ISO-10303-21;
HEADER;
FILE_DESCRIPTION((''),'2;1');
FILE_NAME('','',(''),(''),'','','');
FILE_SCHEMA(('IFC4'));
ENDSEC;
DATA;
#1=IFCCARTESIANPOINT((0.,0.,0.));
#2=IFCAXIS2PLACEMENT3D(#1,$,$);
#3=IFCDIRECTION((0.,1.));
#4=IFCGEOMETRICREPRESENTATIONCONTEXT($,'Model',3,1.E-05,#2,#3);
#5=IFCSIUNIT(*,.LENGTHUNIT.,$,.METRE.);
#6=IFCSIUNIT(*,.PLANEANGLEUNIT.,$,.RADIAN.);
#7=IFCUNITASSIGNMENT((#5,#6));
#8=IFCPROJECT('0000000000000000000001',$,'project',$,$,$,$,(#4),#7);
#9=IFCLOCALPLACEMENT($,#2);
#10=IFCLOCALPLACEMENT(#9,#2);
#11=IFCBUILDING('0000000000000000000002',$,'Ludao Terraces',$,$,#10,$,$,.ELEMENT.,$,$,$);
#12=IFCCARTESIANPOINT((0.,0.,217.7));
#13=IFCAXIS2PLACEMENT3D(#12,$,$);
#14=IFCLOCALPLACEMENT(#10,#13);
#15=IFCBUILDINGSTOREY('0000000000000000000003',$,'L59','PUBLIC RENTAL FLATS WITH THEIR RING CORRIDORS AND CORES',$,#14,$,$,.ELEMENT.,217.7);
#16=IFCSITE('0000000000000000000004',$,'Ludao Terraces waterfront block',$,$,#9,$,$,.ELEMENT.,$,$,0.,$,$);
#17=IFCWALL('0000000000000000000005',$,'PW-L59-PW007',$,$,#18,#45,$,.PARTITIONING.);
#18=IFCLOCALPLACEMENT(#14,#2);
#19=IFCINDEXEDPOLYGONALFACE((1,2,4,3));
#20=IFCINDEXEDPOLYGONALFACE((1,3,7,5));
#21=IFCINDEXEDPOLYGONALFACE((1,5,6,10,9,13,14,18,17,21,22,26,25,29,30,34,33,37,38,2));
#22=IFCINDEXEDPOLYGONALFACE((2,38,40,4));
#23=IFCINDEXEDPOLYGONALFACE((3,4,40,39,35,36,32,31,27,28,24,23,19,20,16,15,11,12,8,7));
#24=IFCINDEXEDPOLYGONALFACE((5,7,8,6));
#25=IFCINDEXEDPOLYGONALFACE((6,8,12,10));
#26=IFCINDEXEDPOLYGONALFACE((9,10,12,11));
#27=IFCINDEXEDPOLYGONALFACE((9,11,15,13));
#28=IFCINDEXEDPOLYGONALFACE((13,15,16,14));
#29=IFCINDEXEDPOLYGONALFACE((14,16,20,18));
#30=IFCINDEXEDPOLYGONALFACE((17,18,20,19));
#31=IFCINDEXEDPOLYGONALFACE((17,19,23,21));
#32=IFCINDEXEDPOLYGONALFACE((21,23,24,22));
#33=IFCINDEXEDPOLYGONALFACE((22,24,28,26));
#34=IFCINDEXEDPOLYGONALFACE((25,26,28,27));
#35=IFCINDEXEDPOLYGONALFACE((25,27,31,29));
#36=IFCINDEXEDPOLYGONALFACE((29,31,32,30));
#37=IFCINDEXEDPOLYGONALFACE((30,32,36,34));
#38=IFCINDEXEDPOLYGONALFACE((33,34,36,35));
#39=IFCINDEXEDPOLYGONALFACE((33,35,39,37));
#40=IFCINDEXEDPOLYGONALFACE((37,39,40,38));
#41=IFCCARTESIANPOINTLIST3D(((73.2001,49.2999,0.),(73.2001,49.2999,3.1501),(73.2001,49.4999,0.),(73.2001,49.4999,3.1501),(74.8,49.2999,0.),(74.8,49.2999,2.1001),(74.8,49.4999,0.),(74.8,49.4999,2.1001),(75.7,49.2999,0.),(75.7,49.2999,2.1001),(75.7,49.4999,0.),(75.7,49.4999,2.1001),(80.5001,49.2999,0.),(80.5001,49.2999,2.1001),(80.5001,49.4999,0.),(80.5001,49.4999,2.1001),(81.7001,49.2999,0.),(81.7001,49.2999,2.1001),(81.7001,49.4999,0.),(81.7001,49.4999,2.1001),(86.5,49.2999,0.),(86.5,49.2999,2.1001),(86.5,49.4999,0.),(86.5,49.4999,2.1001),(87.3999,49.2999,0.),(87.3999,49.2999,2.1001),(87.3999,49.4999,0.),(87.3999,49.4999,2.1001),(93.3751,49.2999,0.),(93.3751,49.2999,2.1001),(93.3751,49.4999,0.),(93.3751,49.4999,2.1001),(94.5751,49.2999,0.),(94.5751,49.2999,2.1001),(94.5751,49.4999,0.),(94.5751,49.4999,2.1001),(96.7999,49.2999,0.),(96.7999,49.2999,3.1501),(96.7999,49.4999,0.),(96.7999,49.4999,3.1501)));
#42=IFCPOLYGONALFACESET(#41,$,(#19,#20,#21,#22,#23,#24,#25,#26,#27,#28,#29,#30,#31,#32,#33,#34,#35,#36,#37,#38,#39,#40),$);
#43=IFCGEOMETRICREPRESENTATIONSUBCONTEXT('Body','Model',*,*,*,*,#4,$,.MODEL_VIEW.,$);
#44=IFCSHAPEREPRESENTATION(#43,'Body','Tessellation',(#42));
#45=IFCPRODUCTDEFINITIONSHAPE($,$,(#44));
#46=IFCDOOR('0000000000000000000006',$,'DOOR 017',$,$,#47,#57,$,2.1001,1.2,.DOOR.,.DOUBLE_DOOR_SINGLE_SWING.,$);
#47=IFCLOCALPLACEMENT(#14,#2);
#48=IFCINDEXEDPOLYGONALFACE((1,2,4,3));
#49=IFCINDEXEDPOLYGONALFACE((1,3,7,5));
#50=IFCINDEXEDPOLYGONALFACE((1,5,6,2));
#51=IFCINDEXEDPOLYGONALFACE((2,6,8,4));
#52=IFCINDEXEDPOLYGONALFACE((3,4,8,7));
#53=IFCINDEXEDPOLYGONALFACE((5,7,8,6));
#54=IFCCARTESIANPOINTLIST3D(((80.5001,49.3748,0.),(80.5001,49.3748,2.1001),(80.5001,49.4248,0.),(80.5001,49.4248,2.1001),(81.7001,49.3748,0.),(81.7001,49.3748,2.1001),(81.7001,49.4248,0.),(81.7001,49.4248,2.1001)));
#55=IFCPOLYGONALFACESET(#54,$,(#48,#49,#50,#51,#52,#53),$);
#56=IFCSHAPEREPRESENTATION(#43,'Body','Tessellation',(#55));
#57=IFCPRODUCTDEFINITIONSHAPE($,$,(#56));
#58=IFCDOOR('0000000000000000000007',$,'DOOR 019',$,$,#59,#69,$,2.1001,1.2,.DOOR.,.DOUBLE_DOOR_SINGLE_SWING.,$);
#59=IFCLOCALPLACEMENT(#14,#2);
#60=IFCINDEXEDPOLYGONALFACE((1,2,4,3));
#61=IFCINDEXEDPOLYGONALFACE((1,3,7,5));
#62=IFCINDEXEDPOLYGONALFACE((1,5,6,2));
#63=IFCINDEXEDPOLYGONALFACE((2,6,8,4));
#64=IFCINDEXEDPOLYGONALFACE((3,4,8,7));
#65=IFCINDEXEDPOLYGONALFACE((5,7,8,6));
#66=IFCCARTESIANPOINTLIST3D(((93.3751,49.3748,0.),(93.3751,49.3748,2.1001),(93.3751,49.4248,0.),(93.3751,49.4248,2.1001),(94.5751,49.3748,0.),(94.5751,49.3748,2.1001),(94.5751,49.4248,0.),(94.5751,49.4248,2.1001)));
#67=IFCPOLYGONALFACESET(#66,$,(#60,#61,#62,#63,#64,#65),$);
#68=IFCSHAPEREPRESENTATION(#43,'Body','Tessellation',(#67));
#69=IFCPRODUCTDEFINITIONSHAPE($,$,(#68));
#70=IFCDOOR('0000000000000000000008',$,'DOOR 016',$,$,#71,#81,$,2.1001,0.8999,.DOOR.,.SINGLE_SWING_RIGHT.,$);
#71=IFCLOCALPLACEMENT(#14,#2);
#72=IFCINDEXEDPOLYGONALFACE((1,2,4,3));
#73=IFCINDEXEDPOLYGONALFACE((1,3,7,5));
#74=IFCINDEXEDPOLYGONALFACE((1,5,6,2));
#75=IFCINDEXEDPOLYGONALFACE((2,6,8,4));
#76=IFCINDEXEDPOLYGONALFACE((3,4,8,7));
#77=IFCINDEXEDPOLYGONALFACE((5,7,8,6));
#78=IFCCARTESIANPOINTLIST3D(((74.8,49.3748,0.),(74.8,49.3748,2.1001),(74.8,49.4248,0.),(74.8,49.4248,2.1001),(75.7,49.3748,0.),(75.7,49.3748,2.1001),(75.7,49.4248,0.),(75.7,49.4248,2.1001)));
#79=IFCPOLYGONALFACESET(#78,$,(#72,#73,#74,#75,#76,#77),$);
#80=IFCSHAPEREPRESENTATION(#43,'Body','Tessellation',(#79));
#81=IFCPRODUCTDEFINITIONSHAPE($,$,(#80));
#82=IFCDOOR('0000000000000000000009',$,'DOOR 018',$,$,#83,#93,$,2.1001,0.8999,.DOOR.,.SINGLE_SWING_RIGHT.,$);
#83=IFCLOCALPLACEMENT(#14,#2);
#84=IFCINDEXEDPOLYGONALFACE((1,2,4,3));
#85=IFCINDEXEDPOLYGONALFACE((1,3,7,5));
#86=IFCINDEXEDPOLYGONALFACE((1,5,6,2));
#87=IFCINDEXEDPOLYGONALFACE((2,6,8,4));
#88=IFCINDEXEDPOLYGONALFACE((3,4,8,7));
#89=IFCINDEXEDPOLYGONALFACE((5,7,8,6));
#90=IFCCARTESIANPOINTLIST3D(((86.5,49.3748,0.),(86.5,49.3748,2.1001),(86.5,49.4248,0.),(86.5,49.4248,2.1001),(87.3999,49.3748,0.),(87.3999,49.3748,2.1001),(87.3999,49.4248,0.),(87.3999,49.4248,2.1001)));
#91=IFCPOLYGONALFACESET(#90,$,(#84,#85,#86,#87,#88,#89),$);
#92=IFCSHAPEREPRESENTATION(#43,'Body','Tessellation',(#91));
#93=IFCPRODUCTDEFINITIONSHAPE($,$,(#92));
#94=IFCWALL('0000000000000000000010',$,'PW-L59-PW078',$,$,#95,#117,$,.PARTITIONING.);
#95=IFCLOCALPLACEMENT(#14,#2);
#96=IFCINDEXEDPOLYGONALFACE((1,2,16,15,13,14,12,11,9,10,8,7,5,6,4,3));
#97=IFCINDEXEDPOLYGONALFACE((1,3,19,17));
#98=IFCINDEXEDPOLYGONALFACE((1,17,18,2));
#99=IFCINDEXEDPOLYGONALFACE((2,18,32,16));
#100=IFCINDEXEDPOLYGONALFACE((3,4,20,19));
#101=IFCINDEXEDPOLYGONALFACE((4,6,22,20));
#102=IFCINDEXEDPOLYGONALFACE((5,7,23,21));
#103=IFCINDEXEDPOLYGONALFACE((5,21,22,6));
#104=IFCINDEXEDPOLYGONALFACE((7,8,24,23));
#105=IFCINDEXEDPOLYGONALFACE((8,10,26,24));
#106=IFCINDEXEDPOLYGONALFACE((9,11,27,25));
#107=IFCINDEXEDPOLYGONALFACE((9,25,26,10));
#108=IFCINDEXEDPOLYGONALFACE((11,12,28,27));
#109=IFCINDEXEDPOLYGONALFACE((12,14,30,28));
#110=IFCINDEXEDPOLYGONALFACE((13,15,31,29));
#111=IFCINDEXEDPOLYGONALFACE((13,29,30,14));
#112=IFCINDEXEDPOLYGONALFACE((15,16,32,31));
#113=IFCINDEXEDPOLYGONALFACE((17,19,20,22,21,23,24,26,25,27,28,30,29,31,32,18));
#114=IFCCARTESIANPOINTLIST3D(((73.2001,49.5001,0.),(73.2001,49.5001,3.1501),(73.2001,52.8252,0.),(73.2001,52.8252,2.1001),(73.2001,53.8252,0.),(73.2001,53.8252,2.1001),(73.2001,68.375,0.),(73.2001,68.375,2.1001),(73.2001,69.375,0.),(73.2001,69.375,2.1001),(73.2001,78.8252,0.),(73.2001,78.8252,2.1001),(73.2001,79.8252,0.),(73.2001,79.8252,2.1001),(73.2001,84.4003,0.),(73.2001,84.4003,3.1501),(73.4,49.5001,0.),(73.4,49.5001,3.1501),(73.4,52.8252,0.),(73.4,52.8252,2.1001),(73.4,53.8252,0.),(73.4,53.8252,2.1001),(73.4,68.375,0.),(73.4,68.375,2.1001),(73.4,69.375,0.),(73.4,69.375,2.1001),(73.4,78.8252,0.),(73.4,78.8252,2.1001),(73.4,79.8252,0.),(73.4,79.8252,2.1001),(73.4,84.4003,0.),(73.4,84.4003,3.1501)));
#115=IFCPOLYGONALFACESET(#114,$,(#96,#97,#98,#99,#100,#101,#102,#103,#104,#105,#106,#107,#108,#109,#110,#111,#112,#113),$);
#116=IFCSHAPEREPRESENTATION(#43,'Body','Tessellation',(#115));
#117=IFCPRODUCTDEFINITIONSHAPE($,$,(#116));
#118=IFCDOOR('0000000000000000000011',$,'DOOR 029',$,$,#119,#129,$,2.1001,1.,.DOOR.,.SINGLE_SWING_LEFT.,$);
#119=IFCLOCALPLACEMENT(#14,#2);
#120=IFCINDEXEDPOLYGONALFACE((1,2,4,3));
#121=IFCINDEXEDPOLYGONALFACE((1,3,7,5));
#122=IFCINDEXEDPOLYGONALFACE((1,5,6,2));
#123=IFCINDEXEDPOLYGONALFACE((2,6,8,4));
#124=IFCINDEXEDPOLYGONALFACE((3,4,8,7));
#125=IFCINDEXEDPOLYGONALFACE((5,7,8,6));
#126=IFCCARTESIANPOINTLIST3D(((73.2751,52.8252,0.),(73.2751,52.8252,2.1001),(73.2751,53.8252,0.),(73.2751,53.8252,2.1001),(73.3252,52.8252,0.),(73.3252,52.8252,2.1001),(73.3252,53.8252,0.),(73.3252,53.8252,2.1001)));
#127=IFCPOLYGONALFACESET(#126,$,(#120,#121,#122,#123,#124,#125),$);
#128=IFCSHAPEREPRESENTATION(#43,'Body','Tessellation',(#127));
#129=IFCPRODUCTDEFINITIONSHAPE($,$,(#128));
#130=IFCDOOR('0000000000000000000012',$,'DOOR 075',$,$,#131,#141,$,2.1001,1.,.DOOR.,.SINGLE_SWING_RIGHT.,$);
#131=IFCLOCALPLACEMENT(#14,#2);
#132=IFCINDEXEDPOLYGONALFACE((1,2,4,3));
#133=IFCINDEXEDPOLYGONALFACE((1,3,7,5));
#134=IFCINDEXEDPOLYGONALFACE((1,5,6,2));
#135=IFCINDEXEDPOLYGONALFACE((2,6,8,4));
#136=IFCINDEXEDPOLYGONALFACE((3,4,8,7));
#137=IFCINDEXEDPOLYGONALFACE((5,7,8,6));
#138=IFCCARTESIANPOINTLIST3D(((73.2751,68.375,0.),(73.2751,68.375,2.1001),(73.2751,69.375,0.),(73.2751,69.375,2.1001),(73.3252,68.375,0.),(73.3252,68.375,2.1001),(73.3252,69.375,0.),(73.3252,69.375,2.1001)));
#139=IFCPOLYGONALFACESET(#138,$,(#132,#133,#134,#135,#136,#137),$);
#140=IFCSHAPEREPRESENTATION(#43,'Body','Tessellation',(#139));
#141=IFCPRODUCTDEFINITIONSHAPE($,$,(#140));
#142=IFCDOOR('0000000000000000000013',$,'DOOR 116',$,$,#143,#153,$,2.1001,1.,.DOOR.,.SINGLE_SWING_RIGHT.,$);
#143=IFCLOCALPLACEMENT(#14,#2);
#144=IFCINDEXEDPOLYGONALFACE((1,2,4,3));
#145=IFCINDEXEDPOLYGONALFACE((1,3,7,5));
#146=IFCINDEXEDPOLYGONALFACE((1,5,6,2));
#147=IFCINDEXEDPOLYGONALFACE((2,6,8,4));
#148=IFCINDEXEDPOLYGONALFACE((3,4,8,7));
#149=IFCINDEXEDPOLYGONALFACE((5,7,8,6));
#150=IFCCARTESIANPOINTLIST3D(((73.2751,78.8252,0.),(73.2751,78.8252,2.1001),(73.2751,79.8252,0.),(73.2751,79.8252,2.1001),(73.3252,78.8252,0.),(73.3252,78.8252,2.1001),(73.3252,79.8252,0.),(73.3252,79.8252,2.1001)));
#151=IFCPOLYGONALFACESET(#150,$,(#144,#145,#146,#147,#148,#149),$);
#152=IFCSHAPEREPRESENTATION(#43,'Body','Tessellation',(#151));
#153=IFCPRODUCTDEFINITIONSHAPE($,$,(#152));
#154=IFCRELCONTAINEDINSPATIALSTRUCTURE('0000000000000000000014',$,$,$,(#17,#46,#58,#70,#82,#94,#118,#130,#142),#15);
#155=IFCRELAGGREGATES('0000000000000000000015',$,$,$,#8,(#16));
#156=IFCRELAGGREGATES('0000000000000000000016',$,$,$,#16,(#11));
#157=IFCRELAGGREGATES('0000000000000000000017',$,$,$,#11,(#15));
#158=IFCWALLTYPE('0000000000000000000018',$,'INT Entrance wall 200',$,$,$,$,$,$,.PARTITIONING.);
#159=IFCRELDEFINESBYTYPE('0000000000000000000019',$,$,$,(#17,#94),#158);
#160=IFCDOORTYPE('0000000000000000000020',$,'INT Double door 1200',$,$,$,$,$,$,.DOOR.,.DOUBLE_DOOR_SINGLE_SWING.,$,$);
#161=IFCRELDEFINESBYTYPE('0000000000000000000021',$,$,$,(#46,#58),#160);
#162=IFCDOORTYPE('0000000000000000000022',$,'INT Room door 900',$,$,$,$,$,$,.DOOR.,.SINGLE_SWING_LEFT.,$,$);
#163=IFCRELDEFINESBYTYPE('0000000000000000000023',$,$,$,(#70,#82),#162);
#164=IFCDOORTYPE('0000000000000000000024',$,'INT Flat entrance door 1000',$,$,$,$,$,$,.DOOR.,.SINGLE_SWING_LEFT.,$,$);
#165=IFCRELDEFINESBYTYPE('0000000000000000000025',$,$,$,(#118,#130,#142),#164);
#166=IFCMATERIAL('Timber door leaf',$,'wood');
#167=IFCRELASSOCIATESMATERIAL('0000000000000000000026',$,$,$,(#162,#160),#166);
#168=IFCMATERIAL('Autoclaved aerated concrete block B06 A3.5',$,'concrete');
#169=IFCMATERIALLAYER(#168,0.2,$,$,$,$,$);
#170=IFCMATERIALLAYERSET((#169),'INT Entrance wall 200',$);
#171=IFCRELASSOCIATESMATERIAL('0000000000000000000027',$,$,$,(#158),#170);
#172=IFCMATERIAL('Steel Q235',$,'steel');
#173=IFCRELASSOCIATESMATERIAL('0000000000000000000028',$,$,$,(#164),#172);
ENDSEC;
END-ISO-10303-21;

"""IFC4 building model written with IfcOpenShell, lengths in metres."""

from ifc_helpers import new_model, si_unit, direction, frame, frame_2d, origin, place, context, subcontext, project, spatial, rectangle, extrude, material, layer, layer_set, type_object, element, fill, save


model = new_model("IFC4")

# Units and contexts
model_context = context("Model", 3, precision=1e-05, world=origin(), true_north=direction((0.0, 1.0)))
body_context = subcontext(model_context, "Body", "Model", "MODEL_VIEW")
ifc_project = project(units=[si_unit("LENGTHUNIT", "METRE"), si_unit("PLANEANGLEUNIT", "RADIAN")], contexts=[model_context])

# Site, building, storey
site_placement = place(None, origin())
site = spatial("IfcSite", under=ifc_project, at=site_placement, Name="Ludao Terraces waterfront block", CompositionType="ELEMENT", RefElevation=0.0)
building_placement = place(site_placement, origin())
building = spatial("IfcBuilding", under=site, at=building_placement, Name="Ludao Terraces", CompositionType="ELEMENT")
storey_placement = place(building_placement, frame((0.0, 0.0, 217.7)))
storey = spatial("IfcBuildingStorey", under=building, at=storey_placement, Name="L59", Description="PUBLIC RENTAL FLATS WITH THEIR RING CORRIDORS AND CORES", CompositionType="ELEMENT", Elevation=217.7)

# Walls, openings, doors
ifc_material_1 = material(Name="Steel Q235", Category="steel")
ifc_material_2 = material(Name="Timber door leaf", Category="wood")
door_type_1 = type_object("IfcDoorType", Name="INT Room door 900", OperationType="SINGLE_SWING_LEFT", PredefinedType="DOOR", material=ifc_material_2)
ifc_material_3 = material(Name="Autoclaved aerated concrete block B06 A3.5", Category="concrete")
ifc_layer_1 = layer(ifc_material_3, 0.2)
ifc_layer_set_1 = layer_set([ifc_layer_1], Name="INT Entrance wall 200")
wall_type_1 = type_object("IfcWallType", Name="INT Entrance wall 200", PredefinedType="PARTITIONING", material=ifc_layer_set_1)
wall_1_placement = place(storey_placement, frame((73.2002, 49.3999, 0.0), z_axis=(0.0, 0.0, 1.0), x_axis=(1.0, 0.0, 0.0)))
wall_1 = element("IfcWall", 1, at=wall_1_placement, inside=storey, type_object=wall_type_1, Name="PW-L59-PW007", PredefinedType="PARTITIONING", context=body_context, shape_type="SweptSolid", body=[
    extrude(rectangle(XDim=23.5999, YDim=0.2, at=frame_2d((11.7998, 0.0))), origin(), (0.0, 0.0, 1.0), 3.1501),
])
opening_1_placement = place(wall_1_placement, frame((1.5999, 0.0, 0.0)))
opening_1 = element("IfcOpeningElement", 2, at=opening_1_placement, cuts=wall_1, PredefinedType="OPENING", context=body_context, shape_type="SweptSolid", body=[
    extrude(rectangle(XDim=0.8999, YDim=2.1001, at=frame_2d((0.45, 1.05))), frame((0.0, 0.1099, 0.0), z_axis=(0.0, -1.0, 0.0), x_axis=(1.0, 0.0, 0.0)), (0.0, 0.0, 1.0), 0.22),
])
opening_2_placement = place(wall_1_placement, frame((7.2998, 0.0, 0.0)))
opening_2 = element("IfcOpeningElement", 3, at=opening_2_placement, cuts=wall_1, PredefinedType="OPENING", context=body_context, shape_type="SweptSolid", body=[
    extrude(rectangle(XDim=1.2, YDim=2.1001, at=frame_2d((0.6001, 1.05))), frame((0.0, 0.1099, 0.0), z_axis=(0.0, -1.0, 0.0), x_axis=(1.0, 0.0, 0.0)), (0.0, 0.0, 1.0), 0.22),
])
opening_3_placement = place(wall_1_placement, frame((13.2998, 0.0, 0.0)))
opening_3 = element("IfcOpeningElement", 4, at=opening_3_placement, cuts=wall_1, PredefinedType="OPENING", context=body_context, shape_type="SweptSolid", body=[
    extrude(rectangle(XDim=0.8999, YDim=2.1001, at=frame_2d((0.45, 1.05))), frame((0.0, 0.1099, 0.0), z_axis=(0.0, -1.0, 0.0), x_axis=(1.0, 0.0, 0.0)), (0.0, 0.0, 1.0), 0.22),
])
opening_4_placement = place(wall_1_placement, frame((20.1748, 0.0, 0.0)))
opening_4 = element("IfcOpeningElement", 5, at=opening_4_placement, cuts=wall_1, PredefinedType="OPENING", context=body_context, shape_type="SweptSolid", body=[
    extrude(rectangle(XDim=1.2, YDim=2.1001, at=frame_2d((0.6001, 1.05))), frame((0.0, 0.1099, 0.0), z_axis=(0.0, -1.0, 0.0), x_axis=(1.0, 0.0, 0.0)), (0.0, 0.0, 1.0), 0.22),
])
door_type_2 = type_object("IfcDoorType", Name="INT Double door 1200", OperationType="DOUBLE_DOOR_SINGLE_SWING", PredefinedType="DOOR", material=ifc_material_2)
door_1_placement = place(opening_2_placement, origin())
door_1 = element("IfcDoor", 6, at=door_1_placement, inside=storey, type_object=door_type_2, Name="DOOR 017", OperationType="DOUBLE_DOOR_SINGLE_SWING", OverallHeight=2.1001, OverallWidth=1.2, PredefinedType="DOOR", context=body_context, shape_type="SweptSolid", body=[
    extrude(rectangle(XDim=1.2, YDim=2.1001, at=frame_2d((0.6001, 1.05))), frame((0.0, 0.0249, 0.0), z_axis=(0.0, -1.0, 0.0), x_axis=(1.0, 0.0, 0.0)), (0.0, 0.0, 1.0), 0.05),
])
fill(opening_2, door_1)
door_2_placement = place(opening_4_placement, origin())
door_2 = element("IfcDoor", 7, at=door_2_placement, inside=storey, type_object=door_type_2, Name="DOOR 019", OperationType="DOUBLE_DOOR_SINGLE_SWING", OverallHeight=2.1001, OverallWidth=1.2, PredefinedType="DOOR", context=body_context, shape_type="SweptSolid", body=[
    extrude(rectangle(XDim=1.2, YDim=2.1001, at=frame_2d((0.6001, 1.05))), frame((0.0, 0.0249, 0.0), z_axis=(0.0, -1.0, 0.0), x_axis=(1.0, 0.0, 0.0)), (0.0, 0.0, 1.0), 0.05),
])
fill(opening_4, door_2)
door_3_placement = place(opening_1_placement, origin())
door_3 = element("IfcDoor", 8, at=door_3_placement, inside=storey, type_object=door_type_1, Name="DOOR 016", OperationType="SINGLE_SWING_RIGHT", OverallHeight=2.1001, OverallWidth=0.8999, PredefinedType="DOOR", context=body_context, shape_type="SweptSolid", body=[
    extrude(rectangle(XDim=0.8999, YDim=2.1001, at=frame_2d((0.45, 1.05))), frame((0.0, 0.0249, 0.0), z_axis=(0.0, -1.0, 0.0), x_axis=(1.0, 0.0, 0.0)), (0.0, 0.0, 1.0), 0.05),
])
fill(opening_1, door_3)
door_4_placement = place(opening_3_placement, origin())
door_4 = element("IfcDoor", 9, at=door_4_placement, inside=storey, type_object=door_type_1, Name="DOOR 018", OperationType="SINGLE_SWING_RIGHT", OverallHeight=2.1001, OverallWidth=0.8999, PredefinedType="DOOR", context=body_context, shape_type="SweptSolid", body=[
    extrude(rectangle(XDim=0.8999, YDim=2.1001, at=frame_2d((0.45, 1.05))), frame((0.0, 0.0249, 0.0), z_axis=(0.0, -1.0, 0.0), x_axis=(1.0, 0.0, 0.0)), (0.0, 0.0, 1.0), 0.05),
])
fill(opening_3, door_4)
wall_2_placement = place(storey_placement, frame((73.3, 49.5, 0.0), z_axis=(0.0, 0.0, 1.0), x_axis=(0.0, 1.0, 0.0)))
wall_2 = element("IfcWall", 10, at=wall_2_placement, inside=storey, type_object=wall_type_1, Name="PW-L59-PW078", PredefinedType="PARTITIONING", context=body_context, shape_type="SweptSolid", body=[
    extrude(rectangle(XDim=34.9001, YDim=0.2, at=frame_2d((17.4502, 0.0))), origin(), (0.0, 0.0, 1.0), 3.1501),
])
opening_5_placement = place(wall_2_placement, frame((3.3252, 0.0, 0.0)))
opening_5 = element("IfcOpeningElement", 11, at=opening_5_placement, cuts=wall_2, PredefinedType="OPENING", context=body_context, shape_type="SweptSolid", body=[
    extrude(rectangle(XDim=1.0, YDim=2.1001, at=frame_2d((0.5, 1.05))), frame((0.0, 0.1099, 0.0), z_axis=(0.0, -1.0, 0.0), x_axis=(1.0, 0.0, 0.0)), (0.0, 0.0, 1.0), 0.22),
])
opening_6_placement = place(wall_2_placement, frame((18.875, 0.0, 0.0)))
opening_6 = element("IfcOpeningElement", 12, at=opening_6_placement, cuts=wall_2, PredefinedType="OPENING", context=body_context, shape_type="SweptSolid", body=[
    extrude(rectangle(XDim=1.0, YDim=2.1001, at=frame_2d((0.5, 1.05))), frame((0.0, 0.1099, 0.0), z_axis=(0.0, -1.0, 0.0), x_axis=(1.0, 0.0, 0.0)), (0.0, 0.0, 1.0), 0.22),
])
opening_7_placement = place(wall_2_placement, frame((29.3252, 0.0, 0.0)))
opening_7 = element("IfcOpeningElement", 13, at=opening_7_placement, cuts=wall_2, PredefinedType="OPENING", context=body_context, shape_type="SweptSolid", body=[
    extrude(rectangle(XDim=1.0, YDim=2.1001, at=frame_2d((0.5, 1.05))), frame((0.0, 0.1099, 0.0), z_axis=(0.0, -1.0, 0.0), x_axis=(1.0, 0.0, 0.0)), (0.0, 0.0, 1.0), 0.22),
])
door_type_3 = type_object("IfcDoorType", Name="INT Flat entrance door 1000", OperationType="SINGLE_SWING_LEFT", PredefinedType="DOOR", material=ifc_material_1)
door_5_placement = place(opening_5_placement, origin())
door_5 = element("IfcDoor", 14, at=door_5_placement, inside=storey, type_object=door_type_3, Name="DOOR 029", OperationType="SINGLE_SWING_LEFT", OverallHeight=2.1001, OverallWidth=1.0, PredefinedType="DOOR", context=body_context, shape_type="SweptSolid", body=[
    extrude(rectangle(XDim=1.0, YDim=2.1001, at=frame_2d((0.5, 1.05))), frame((0.0, 0.0249, 0.0), z_axis=(0.0, -1.0, 0.0), x_axis=(1.0, 0.0, 0.0)), (0.0, 0.0, 1.0), 0.05),
])
fill(opening_5, door_5)
door_6_placement = place(opening_6_placement, origin())
door_6 = element("IfcDoor", 15, at=door_6_placement, inside=storey, type_object=door_type_3, Name="DOOR 075", OperationType="SINGLE_SWING_RIGHT", OverallHeight=2.1001, OverallWidth=1.0, PredefinedType="DOOR", context=body_context, shape_type="SweptSolid", body=[
    extrude(rectangle(XDim=1.0, YDim=2.1001, at=frame_2d((0.5, 1.05))), frame((0.0, 0.0249, 0.0), z_axis=(0.0, -1.0, 0.0), x_axis=(1.0, 0.0, 0.0)), (0.0, 0.0, 1.0), 0.05),
])
fill(opening_6, door_6)
door_7_placement = place(opening_7_placement, origin())
door_7 = element("IfcDoor", 16, at=door_7_placement, inside=storey, type_object=door_type_3, Name="DOOR 116", OperationType="SINGLE_SWING_RIGHT", OverallHeight=2.1001, OverallWidth=1.0, PredefinedType="DOOR", context=body_context, shape_type="SweptSolid", body=[
    extrude(rectangle(XDim=1.0, YDim=2.1001, at=frame_2d((0.5, 1.05))), frame((0.0, 0.0249, 0.0), z_axis=(0.0, -1.0, 0.0), x_axis=(1.0, 0.0, 0.0)), (0.0, 0.0, 1.0), 0.05),
])
fill(opening_7, door_7)

save(model, "model.ifc")
